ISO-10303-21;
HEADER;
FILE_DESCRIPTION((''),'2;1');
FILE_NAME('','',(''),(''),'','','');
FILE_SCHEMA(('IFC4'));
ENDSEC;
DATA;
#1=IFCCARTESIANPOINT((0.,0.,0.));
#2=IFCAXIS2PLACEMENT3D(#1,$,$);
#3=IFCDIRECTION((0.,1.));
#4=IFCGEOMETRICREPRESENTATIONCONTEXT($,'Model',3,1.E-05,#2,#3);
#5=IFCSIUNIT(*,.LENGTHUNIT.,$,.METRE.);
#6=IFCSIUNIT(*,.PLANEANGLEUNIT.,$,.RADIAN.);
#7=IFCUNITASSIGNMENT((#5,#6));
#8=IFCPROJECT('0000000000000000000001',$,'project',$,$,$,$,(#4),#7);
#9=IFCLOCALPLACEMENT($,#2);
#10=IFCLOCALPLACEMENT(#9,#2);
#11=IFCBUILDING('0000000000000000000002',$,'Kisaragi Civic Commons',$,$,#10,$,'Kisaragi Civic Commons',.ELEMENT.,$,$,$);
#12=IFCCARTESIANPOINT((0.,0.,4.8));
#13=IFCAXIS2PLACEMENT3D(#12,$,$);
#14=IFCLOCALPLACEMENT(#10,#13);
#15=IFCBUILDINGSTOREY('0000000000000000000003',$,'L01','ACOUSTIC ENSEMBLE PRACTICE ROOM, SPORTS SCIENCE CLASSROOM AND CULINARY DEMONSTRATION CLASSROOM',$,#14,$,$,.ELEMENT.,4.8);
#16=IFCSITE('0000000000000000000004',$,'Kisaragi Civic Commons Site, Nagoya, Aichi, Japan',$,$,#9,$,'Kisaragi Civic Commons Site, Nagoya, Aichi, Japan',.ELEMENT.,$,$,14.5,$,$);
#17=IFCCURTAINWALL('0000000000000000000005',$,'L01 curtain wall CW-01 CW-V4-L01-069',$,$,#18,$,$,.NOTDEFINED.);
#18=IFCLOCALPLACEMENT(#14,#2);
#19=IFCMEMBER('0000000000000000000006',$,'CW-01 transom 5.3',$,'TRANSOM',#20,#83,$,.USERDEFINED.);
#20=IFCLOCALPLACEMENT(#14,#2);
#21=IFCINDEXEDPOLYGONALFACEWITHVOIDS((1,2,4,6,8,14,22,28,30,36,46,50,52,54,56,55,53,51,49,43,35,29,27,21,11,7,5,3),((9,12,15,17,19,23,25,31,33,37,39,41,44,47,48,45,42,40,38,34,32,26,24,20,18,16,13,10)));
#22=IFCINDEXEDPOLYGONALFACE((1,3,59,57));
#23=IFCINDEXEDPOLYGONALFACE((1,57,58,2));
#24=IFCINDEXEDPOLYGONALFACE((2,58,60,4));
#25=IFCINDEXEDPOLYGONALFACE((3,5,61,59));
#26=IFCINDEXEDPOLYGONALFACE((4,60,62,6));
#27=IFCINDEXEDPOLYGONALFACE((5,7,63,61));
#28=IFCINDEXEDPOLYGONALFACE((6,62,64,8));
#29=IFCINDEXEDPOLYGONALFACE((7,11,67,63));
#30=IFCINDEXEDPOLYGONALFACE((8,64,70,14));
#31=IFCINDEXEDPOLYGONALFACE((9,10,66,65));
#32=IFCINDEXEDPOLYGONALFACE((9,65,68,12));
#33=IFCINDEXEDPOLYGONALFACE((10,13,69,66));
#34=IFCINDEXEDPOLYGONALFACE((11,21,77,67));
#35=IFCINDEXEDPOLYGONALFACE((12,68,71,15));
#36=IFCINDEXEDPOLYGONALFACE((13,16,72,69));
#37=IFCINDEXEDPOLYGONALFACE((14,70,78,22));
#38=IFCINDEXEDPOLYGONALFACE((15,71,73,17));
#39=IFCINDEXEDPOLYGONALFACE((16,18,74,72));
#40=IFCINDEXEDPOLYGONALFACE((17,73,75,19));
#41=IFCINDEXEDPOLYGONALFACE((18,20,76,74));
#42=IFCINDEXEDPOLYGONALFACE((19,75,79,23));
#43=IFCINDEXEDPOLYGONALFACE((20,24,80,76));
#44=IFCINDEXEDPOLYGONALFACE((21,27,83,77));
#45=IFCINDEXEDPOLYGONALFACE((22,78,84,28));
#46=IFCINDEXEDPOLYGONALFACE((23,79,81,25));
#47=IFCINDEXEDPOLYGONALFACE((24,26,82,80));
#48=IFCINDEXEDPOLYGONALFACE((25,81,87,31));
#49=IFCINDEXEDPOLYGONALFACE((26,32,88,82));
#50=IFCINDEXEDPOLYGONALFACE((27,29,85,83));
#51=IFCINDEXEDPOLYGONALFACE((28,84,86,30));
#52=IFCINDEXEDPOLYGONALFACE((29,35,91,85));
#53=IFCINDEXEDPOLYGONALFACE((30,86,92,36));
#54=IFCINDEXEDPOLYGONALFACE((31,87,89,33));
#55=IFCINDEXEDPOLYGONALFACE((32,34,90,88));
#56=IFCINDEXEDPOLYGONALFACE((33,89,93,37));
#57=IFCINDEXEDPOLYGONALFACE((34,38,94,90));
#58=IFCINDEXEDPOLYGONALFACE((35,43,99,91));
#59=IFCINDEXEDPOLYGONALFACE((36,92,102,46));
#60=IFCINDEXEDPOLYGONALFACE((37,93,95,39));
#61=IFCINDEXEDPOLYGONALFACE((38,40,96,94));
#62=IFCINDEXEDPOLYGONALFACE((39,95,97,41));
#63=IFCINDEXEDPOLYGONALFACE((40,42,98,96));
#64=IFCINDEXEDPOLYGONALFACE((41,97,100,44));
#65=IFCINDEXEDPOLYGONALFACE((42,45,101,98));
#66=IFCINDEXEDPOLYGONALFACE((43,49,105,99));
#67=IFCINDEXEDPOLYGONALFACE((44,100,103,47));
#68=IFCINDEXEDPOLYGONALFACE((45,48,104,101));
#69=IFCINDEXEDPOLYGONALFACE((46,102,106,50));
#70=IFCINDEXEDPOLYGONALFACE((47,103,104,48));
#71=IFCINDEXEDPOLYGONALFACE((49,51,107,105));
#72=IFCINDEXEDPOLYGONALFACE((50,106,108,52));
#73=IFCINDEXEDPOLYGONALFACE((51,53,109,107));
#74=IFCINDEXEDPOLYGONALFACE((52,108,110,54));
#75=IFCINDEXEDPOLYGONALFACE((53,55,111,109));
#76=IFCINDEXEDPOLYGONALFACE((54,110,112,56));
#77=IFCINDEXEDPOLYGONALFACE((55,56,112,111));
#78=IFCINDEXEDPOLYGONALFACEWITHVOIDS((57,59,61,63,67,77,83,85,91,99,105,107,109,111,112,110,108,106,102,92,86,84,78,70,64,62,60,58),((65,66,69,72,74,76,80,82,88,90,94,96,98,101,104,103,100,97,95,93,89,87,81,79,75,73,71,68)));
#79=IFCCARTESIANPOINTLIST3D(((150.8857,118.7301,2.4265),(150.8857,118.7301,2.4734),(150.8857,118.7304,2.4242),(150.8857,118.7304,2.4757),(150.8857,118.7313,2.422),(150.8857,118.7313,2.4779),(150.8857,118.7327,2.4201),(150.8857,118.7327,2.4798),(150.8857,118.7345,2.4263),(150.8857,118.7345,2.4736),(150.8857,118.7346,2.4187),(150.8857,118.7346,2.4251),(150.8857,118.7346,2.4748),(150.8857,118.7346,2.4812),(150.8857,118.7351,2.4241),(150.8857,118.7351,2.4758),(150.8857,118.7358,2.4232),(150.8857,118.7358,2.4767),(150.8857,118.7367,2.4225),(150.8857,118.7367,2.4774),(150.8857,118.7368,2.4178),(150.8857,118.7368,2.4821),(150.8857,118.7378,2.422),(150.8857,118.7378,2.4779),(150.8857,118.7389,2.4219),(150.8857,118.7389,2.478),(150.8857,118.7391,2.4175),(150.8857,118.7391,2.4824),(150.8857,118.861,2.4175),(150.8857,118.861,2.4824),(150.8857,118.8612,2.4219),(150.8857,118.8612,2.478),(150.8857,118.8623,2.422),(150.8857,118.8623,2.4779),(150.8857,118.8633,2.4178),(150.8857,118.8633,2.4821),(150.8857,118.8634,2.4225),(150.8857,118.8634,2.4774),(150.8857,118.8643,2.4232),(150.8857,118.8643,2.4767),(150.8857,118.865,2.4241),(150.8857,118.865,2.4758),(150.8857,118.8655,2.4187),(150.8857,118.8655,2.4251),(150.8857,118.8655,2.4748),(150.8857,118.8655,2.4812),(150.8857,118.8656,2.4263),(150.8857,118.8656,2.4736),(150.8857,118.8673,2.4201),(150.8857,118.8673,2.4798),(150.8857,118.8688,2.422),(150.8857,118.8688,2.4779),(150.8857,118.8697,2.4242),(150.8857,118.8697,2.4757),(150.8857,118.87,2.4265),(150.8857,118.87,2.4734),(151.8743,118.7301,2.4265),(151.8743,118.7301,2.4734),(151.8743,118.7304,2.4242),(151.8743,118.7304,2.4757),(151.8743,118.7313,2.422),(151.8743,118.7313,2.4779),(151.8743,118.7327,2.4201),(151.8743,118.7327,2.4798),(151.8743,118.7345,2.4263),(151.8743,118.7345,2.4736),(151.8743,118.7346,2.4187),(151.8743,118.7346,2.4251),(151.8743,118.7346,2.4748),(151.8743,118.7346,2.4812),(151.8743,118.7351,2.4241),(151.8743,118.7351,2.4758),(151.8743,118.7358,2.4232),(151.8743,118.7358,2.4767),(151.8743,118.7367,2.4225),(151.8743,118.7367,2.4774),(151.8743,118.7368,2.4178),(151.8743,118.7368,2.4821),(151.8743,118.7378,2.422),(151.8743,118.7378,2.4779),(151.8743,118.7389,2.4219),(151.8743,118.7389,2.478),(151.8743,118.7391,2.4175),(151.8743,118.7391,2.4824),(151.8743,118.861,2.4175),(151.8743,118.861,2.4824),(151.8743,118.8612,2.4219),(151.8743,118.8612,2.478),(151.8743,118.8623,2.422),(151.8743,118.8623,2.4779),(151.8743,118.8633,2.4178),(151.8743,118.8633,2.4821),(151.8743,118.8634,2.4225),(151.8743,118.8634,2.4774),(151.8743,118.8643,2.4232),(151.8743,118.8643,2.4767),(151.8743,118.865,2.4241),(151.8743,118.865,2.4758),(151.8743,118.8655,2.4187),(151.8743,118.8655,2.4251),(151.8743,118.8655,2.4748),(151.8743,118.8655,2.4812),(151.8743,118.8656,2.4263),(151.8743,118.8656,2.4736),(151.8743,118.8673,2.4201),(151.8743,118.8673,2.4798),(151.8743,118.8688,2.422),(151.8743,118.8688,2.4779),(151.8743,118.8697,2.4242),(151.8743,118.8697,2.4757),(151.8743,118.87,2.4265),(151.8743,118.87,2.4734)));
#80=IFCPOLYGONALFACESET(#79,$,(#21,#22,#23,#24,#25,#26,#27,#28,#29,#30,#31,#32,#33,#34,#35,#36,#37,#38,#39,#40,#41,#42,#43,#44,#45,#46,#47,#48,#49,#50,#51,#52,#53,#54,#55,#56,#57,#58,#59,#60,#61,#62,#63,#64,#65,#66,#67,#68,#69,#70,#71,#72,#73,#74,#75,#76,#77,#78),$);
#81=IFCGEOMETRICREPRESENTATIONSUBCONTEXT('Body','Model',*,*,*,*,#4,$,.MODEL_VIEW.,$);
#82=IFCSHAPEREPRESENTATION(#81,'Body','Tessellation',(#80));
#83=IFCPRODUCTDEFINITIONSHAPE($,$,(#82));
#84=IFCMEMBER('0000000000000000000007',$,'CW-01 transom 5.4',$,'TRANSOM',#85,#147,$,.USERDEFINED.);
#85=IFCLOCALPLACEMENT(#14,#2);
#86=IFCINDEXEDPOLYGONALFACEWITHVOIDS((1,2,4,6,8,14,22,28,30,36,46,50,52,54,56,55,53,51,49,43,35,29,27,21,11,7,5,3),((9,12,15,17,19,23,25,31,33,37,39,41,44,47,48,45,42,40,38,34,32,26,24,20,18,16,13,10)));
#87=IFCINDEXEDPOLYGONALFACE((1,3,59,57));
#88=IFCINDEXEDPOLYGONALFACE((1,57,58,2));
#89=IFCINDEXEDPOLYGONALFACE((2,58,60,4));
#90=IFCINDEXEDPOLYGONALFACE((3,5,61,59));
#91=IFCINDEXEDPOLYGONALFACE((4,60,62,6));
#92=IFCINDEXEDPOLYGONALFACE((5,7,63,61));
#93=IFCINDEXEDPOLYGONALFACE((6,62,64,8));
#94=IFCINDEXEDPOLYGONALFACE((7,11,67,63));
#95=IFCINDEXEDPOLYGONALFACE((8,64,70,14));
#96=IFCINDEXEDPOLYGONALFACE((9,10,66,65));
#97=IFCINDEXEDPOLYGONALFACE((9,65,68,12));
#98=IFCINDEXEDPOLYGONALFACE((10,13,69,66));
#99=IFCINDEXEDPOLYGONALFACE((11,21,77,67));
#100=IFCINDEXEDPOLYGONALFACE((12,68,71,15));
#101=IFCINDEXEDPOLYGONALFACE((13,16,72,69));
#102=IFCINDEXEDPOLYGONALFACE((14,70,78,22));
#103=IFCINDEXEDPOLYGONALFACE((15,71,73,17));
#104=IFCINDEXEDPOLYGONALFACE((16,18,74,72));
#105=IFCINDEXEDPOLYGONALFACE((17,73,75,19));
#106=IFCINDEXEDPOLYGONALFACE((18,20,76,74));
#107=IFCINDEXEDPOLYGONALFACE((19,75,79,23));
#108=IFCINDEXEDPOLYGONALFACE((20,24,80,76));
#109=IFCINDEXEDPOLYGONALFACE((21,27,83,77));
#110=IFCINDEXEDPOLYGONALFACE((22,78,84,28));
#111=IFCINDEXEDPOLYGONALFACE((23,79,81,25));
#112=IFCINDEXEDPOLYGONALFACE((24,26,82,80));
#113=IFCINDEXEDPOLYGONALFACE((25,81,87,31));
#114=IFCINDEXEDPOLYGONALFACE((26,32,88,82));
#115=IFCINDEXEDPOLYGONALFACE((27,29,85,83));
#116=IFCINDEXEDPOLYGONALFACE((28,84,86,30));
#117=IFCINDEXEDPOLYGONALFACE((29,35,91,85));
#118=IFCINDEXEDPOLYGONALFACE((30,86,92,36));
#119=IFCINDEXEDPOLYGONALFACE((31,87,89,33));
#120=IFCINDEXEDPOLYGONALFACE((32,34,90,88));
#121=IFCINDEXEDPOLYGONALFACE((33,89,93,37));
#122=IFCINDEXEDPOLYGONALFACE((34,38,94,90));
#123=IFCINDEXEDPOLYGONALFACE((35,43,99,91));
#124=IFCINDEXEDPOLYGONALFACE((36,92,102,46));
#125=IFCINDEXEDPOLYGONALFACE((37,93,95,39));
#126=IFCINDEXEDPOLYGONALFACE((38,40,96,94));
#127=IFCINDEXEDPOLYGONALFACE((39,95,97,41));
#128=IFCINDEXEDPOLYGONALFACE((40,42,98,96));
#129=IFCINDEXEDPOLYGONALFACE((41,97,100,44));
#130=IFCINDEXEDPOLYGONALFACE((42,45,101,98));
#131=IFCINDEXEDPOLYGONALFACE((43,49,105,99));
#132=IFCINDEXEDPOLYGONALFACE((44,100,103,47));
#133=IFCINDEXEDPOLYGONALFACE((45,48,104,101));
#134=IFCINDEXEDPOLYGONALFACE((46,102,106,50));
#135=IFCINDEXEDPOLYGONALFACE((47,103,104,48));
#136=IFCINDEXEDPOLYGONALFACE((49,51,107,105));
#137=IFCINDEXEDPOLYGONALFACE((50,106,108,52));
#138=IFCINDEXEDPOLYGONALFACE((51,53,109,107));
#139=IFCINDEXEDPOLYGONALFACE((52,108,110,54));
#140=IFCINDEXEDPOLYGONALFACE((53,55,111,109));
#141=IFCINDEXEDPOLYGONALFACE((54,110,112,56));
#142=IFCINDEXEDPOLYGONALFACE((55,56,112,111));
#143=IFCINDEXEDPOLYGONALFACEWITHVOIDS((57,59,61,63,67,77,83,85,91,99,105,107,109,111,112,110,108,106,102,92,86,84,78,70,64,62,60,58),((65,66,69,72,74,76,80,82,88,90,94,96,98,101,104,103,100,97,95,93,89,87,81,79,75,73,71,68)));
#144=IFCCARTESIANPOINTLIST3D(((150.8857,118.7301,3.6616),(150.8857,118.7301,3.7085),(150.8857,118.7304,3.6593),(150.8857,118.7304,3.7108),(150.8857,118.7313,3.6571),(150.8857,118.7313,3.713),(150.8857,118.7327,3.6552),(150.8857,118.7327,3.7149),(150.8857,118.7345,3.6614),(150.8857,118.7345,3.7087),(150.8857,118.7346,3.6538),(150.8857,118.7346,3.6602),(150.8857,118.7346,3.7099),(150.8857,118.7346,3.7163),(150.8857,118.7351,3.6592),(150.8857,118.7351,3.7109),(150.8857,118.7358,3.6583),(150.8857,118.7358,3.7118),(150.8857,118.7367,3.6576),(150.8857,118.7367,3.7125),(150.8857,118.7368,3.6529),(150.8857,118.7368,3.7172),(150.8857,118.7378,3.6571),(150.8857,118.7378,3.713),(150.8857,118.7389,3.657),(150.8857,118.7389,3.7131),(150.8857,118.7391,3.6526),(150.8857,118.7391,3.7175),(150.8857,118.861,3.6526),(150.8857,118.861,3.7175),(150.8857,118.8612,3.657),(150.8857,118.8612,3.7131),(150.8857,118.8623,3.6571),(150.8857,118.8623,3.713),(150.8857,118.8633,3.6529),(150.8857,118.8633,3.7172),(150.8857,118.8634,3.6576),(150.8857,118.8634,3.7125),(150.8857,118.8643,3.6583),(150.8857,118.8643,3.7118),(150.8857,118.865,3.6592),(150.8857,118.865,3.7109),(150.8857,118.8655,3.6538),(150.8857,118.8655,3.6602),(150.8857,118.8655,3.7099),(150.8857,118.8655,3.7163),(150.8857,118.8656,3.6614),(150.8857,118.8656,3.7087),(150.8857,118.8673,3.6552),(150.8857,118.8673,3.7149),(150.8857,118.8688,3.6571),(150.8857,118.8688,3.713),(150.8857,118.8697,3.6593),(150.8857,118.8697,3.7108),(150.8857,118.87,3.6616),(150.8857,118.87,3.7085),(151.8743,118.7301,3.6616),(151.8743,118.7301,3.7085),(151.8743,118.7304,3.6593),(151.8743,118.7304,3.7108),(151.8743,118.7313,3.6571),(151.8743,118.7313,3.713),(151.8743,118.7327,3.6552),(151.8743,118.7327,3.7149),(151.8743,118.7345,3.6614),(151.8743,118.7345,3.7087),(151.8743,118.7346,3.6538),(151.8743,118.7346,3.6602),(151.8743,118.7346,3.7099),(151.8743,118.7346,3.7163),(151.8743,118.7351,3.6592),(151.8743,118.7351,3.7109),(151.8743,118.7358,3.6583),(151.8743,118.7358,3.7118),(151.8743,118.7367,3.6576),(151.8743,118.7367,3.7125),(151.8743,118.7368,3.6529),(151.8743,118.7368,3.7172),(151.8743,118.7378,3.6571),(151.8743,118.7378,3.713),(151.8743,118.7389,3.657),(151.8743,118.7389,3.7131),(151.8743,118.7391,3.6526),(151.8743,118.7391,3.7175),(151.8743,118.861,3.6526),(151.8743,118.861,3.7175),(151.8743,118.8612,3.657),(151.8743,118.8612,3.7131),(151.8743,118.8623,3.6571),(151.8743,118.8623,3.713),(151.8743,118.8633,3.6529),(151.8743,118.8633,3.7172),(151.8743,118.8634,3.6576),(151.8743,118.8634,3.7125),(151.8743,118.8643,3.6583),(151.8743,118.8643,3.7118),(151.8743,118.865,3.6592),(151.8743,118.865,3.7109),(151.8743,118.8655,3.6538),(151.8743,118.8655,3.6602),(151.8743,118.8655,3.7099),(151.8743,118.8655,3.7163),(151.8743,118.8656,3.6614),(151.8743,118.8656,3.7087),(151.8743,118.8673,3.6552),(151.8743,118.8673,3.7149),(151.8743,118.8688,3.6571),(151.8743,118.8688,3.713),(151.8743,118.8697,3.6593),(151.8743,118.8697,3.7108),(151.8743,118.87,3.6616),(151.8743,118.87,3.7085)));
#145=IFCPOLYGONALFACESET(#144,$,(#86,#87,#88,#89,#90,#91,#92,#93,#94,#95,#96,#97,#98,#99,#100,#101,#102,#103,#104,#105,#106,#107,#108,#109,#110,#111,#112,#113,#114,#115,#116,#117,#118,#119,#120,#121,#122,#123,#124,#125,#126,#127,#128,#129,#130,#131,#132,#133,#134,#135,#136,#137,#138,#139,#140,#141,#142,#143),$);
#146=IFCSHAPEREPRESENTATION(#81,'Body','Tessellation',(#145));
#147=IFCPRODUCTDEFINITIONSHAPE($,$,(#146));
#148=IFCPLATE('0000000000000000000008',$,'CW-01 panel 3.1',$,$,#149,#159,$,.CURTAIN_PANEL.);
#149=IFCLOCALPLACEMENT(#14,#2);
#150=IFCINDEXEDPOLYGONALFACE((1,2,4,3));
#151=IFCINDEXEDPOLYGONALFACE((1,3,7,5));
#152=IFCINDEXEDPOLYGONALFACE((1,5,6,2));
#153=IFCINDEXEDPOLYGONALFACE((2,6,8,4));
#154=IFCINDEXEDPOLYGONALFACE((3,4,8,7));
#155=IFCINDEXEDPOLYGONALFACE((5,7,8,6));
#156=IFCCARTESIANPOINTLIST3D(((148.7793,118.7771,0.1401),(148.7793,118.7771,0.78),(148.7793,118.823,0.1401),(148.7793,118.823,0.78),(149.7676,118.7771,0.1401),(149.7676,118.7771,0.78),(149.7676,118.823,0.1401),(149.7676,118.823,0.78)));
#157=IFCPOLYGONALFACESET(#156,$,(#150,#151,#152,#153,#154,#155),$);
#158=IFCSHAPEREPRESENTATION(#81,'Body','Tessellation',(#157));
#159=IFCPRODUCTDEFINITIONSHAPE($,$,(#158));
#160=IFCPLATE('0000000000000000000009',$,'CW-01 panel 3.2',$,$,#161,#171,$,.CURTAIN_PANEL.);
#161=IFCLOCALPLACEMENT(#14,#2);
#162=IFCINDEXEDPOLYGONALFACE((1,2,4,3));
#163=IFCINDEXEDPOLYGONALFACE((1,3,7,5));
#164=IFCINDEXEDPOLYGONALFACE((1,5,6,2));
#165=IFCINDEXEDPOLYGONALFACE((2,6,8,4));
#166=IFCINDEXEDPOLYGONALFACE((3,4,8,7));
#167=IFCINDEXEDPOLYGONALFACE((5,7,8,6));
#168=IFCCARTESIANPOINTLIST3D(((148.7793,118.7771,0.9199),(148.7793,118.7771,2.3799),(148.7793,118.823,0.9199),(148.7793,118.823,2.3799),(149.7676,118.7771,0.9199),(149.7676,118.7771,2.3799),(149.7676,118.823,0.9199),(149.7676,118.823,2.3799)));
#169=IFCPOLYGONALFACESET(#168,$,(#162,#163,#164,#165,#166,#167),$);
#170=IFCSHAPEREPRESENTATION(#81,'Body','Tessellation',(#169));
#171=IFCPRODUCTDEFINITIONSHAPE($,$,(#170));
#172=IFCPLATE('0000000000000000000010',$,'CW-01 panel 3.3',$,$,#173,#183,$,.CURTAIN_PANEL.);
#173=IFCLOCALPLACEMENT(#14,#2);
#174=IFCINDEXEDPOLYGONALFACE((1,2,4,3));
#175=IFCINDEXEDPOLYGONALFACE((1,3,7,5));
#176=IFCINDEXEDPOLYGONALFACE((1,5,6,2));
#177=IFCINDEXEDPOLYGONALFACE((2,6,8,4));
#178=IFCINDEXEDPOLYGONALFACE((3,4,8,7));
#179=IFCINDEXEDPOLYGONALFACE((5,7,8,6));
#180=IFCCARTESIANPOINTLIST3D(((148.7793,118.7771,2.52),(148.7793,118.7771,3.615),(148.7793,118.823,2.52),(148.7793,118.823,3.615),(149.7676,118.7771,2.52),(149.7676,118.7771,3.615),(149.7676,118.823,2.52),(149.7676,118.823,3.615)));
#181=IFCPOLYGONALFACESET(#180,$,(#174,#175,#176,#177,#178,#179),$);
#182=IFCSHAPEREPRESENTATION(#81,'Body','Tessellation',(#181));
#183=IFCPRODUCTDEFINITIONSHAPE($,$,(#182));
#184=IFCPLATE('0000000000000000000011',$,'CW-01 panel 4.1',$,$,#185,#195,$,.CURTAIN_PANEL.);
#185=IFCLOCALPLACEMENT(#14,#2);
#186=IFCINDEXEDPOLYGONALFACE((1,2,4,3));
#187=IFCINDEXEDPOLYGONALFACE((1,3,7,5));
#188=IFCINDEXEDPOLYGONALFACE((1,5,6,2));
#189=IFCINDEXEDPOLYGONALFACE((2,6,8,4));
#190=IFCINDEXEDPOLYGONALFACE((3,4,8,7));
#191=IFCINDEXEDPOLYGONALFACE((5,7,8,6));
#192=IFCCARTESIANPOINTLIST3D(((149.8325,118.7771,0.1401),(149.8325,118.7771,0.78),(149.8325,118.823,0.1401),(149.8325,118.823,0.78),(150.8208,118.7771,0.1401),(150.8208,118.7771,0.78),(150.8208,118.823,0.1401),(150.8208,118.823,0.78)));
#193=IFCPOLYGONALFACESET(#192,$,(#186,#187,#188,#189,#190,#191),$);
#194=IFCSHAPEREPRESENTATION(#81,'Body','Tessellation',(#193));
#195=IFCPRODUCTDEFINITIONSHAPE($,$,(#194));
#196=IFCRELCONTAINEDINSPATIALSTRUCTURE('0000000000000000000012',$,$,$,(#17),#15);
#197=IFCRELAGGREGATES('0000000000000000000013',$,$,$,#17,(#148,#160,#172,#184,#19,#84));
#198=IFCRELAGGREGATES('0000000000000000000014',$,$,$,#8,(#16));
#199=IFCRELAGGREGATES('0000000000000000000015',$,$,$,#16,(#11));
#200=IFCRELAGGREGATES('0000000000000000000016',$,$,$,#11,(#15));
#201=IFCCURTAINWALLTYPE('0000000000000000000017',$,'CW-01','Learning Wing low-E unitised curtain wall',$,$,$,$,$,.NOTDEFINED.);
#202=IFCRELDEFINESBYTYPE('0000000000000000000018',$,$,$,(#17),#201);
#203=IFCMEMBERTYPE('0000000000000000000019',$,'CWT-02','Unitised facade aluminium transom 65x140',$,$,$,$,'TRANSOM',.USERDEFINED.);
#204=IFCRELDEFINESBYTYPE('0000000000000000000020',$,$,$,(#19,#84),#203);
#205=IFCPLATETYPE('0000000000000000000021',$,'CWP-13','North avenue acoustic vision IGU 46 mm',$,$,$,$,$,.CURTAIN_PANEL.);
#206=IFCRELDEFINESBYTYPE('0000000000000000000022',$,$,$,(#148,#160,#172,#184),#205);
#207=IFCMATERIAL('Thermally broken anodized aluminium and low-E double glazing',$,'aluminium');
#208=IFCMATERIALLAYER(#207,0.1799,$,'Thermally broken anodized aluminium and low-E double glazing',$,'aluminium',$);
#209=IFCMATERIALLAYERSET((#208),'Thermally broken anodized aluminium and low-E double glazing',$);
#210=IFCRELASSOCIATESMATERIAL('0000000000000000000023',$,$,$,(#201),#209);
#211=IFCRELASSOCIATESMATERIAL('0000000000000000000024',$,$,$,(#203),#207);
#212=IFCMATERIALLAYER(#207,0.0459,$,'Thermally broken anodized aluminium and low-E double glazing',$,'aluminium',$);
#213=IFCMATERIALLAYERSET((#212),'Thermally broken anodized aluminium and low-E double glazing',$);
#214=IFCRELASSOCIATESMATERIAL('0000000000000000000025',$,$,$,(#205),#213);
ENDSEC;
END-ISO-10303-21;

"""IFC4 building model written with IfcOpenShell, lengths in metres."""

from ifc_helpers import new_model, si_unit, direction, frame, origin, origin_2d, place, context, subcontext, project, spatial, rectangle, hollow_rectangle, extrude, material, layer, layer_set, material_profile, profile_set, type_object, element, aggregate, save


model = new_model("IFC4")

# Units and contexts
model_context = context("Model", 3, precision=1e-05, world=origin(), true_north=direction((0.0, 1.0)))
body_context = subcontext(model_context, "Body", "Model", "MODEL_VIEW")
ifc_project = project(units=[si_unit("LENGTHUNIT", "METRE"), si_unit("PLANEANGLEUNIT", "RADIAN")], contexts=[model_context])

# Site, building, storey
site_placement = place(None, origin())
site = spatial("IfcSite", under=ifc_project, at=site_placement, Name="Kisaragi Civic Commons Site, Nagoya, Aichi, Japan", LongName="Kisaragi Civic Commons Site, Nagoya, Aichi, Japan", CompositionType="ELEMENT", RefElevation=14.5)
building_placement = place(site_placement, origin())
building = spatial("IfcBuilding", under=site, at=building_placement, Name="Kisaragi Civic Commons", LongName="Kisaragi Civic Commons", CompositionType="ELEMENT")
storey_placement = place(building_placement, frame((0.0, 0.0, 4.8)))
storey = spatial("IfcBuildingStorey", under=building, at=storey_placement, Name="L01", Description="ACOUSTIC ENSEMBLE PRACTICE ROOM, SPORTS SCIENCE CLASSROOM AND CULINARY DEMONSTRATION CLASSROOM", CompositionType="ELEMENT", Elevation=4.8)

# Curtain wall, members, plates
ifc_material = material(Name="Thermally broken anodized aluminium and low-E double glazing", Category="aluminium")
ifc_layer_1 = layer(ifc_material, 0.1799, Name="Thermally broken anodized aluminium and low-E double glazing", Category="aluminium")
ifc_layer_set_1 = layer_set([ifc_layer_1], Name="Thermally broken anodized aluminium and low-E double glazing")
curtain_wall_type = type_object("IfcCurtainWallType", Name="CW-01", Description="Learning Wing low-E unitised curtain wall", PredefinedType="NOTDEFINED", material=ifc_layer_set_1)
curtain_wall_placement = place(storey_placement, origin())
curtain_wall = element("IfcCurtainWall", 1, at=curtain_wall_placement, inside=storey, type_object=curtain_wall_type, Name="L01 curtain wall CW-01 CW-V4-L01-069", PredefinedType="NOTDEFINED")
ifc_material_profile_1 = material_profile(ifc_material, hollow_rectangle(XDim=0.1399, YDim=0.0649, WallThickness=0.0044, InnerFilletRadius=0.0044, OuterFilletRadius=0.009, at=origin_2d()), Name="CWT-65x140x4.5", Category="aluminium")
ifc_profile_set_1 = profile_set([ifc_material_profile_1], Name="Thermally broken anodized aluminium and low-E double glazing")
member_type_1 = type_object("IfcMemberType", Name="CWT-02", Description="Unitised facade aluminium transom 65x140", ElementType="TRANSOM", PredefinedType="USERDEFINED", material=ifc_profile_set_1)
member_1_placement = place(storey_placement, frame((150.8857, 118.8, 2.45), z_axis=(1.0, 0.0, 0.0), x_axis=(0.0, 1.0, 0.0)))
member_1 = element("IfcMember", 2, at=member_1_placement, type_object=member_type_1, Name="CW-01 transom 5.3", ObjectType="TRANSOM", PredefinedType="USERDEFINED", context=body_context, shape_type="SweptSolid", body=[
    extrude(hollow_rectangle(XDim=0.1399, YDim=0.0649, WallThickness=0.0044, InnerFilletRadius=0.0044, OuterFilletRadius=0.009, at=origin_2d()), origin(), (0.0, 0.0, 1.0), 0.9885),
])
member_2_placement = place(storey_placement, frame((150.8857, 118.8, 3.6851), z_axis=(1.0, 0.0, 0.0), x_axis=(0.0, 1.0, 0.0)))
member_2 = element("IfcMember", 3, at=member_2_placement, type_object=member_type_1, Name="CW-01 transom 5.4", ObjectType="TRANSOM", PredefinedType="USERDEFINED", context=body_context, shape_type="SweptSolid", body=[
    extrude(hollow_rectangle(XDim=0.1399, YDim=0.0649, WallThickness=0.0044, InnerFilletRadius=0.0044, OuterFilletRadius=0.009, at=origin_2d()), origin(), (0.0, 0.0, 1.0), 0.9885),
])
ifc_layer_2 = layer(ifc_material, 0.0459, Name="Thermally broken anodized aluminium and low-E double glazing", Category="aluminium")
ifc_layer_set_2 = layer_set([ifc_layer_2], Name="Thermally broken anodized aluminium and low-E double glazing")
plate_type = type_object("IfcPlateType", Name="CWP-13", Description="North avenue acoustic vision IGU 46 mm", PredefinedType="CURTAIN_PANEL", material=ifc_layer_set_2)
plate_1_placement = place(storey_placement, frame((149.2734, 118.8, 0.1401), z_axis=(0.0, 0.0, 1.0), x_axis=(1.0, 0.0, 0.0)))
plate_1 = element("IfcPlate", 4, at=plate_1_placement, type_object=plate_type, Name="CW-01 panel 3.1", PredefinedType="CURTAIN_PANEL", context=body_context, shape_type="SweptSolid", body=[
    extrude(rectangle(XDim=0.9883, YDim=0.0459, at=origin_2d()), origin(), (0.0, 0.0, 1.0), 0.6399),
])
plate_2_placement = place(storey_placement, frame((149.2734, 118.8, 0.9199), z_axis=(0.0, 0.0, 1.0), x_axis=(1.0, 0.0, 0.0)))
plate_2 = element("IfcPlate", 5, at=plate_2_placement, type_object=plate_type, Name="CW-01 panel 3.2", PredefinedType="CURTAIN_PANEL", context=body_context, shape_type="SweptSolid", body=[
    extrude(rectangle(XDim=0.9883, YDim=0.0459, at=origin_2d()), origin(), (0.0, 0.0, 1.0), 1.46),
])
plate_3_placement = place(storey_placement, frame((149.2734, 118.8, 2.52), z_axis=(0.0, 0.0, 1.0), x_axis=(1.0, 0.0, 0.0)))
plate_3 = element("IfcPlate", 6, at=plate_3_placement, type_object=plate_type, Name="CW-01 panel 3.3", PredefinedType="CURTAIN_PANEL", context=body_context, shape_type="SweptSolid", body=[
    extrude(rectangle(XDim=0.9883, YDim=0.0459, at=origin_2d()), origin(), (0.0, 0.0, 1.0), 1.095),
])
plate_4_placement = place(storey_placement, frame((150.3267, 118.8, 0.1401), z_axis=(0.0, 0.0, 1.0), x_axis=(1.0, 0.0, 0.0)))
plate_4 = element("IfcPlate", 7, at=plate_4_placement, type_object=plate_type, Name="CW-01 panel 4.1", PredefinedType="CURTAIN_PANEL", context=body_context, shape_type="SweptSolid", body=[
    extrude(rectangle(XDim=0.9883, YDim=0.0459, at=origin_2d()), origin(), (0.0, 0.0, 1.0), 0.6399),
])
aggregate(curtain_wall, [plate_1, plate_2, plate_3, plate_4, member_1, member_2])

save(model, "model.ifc")
